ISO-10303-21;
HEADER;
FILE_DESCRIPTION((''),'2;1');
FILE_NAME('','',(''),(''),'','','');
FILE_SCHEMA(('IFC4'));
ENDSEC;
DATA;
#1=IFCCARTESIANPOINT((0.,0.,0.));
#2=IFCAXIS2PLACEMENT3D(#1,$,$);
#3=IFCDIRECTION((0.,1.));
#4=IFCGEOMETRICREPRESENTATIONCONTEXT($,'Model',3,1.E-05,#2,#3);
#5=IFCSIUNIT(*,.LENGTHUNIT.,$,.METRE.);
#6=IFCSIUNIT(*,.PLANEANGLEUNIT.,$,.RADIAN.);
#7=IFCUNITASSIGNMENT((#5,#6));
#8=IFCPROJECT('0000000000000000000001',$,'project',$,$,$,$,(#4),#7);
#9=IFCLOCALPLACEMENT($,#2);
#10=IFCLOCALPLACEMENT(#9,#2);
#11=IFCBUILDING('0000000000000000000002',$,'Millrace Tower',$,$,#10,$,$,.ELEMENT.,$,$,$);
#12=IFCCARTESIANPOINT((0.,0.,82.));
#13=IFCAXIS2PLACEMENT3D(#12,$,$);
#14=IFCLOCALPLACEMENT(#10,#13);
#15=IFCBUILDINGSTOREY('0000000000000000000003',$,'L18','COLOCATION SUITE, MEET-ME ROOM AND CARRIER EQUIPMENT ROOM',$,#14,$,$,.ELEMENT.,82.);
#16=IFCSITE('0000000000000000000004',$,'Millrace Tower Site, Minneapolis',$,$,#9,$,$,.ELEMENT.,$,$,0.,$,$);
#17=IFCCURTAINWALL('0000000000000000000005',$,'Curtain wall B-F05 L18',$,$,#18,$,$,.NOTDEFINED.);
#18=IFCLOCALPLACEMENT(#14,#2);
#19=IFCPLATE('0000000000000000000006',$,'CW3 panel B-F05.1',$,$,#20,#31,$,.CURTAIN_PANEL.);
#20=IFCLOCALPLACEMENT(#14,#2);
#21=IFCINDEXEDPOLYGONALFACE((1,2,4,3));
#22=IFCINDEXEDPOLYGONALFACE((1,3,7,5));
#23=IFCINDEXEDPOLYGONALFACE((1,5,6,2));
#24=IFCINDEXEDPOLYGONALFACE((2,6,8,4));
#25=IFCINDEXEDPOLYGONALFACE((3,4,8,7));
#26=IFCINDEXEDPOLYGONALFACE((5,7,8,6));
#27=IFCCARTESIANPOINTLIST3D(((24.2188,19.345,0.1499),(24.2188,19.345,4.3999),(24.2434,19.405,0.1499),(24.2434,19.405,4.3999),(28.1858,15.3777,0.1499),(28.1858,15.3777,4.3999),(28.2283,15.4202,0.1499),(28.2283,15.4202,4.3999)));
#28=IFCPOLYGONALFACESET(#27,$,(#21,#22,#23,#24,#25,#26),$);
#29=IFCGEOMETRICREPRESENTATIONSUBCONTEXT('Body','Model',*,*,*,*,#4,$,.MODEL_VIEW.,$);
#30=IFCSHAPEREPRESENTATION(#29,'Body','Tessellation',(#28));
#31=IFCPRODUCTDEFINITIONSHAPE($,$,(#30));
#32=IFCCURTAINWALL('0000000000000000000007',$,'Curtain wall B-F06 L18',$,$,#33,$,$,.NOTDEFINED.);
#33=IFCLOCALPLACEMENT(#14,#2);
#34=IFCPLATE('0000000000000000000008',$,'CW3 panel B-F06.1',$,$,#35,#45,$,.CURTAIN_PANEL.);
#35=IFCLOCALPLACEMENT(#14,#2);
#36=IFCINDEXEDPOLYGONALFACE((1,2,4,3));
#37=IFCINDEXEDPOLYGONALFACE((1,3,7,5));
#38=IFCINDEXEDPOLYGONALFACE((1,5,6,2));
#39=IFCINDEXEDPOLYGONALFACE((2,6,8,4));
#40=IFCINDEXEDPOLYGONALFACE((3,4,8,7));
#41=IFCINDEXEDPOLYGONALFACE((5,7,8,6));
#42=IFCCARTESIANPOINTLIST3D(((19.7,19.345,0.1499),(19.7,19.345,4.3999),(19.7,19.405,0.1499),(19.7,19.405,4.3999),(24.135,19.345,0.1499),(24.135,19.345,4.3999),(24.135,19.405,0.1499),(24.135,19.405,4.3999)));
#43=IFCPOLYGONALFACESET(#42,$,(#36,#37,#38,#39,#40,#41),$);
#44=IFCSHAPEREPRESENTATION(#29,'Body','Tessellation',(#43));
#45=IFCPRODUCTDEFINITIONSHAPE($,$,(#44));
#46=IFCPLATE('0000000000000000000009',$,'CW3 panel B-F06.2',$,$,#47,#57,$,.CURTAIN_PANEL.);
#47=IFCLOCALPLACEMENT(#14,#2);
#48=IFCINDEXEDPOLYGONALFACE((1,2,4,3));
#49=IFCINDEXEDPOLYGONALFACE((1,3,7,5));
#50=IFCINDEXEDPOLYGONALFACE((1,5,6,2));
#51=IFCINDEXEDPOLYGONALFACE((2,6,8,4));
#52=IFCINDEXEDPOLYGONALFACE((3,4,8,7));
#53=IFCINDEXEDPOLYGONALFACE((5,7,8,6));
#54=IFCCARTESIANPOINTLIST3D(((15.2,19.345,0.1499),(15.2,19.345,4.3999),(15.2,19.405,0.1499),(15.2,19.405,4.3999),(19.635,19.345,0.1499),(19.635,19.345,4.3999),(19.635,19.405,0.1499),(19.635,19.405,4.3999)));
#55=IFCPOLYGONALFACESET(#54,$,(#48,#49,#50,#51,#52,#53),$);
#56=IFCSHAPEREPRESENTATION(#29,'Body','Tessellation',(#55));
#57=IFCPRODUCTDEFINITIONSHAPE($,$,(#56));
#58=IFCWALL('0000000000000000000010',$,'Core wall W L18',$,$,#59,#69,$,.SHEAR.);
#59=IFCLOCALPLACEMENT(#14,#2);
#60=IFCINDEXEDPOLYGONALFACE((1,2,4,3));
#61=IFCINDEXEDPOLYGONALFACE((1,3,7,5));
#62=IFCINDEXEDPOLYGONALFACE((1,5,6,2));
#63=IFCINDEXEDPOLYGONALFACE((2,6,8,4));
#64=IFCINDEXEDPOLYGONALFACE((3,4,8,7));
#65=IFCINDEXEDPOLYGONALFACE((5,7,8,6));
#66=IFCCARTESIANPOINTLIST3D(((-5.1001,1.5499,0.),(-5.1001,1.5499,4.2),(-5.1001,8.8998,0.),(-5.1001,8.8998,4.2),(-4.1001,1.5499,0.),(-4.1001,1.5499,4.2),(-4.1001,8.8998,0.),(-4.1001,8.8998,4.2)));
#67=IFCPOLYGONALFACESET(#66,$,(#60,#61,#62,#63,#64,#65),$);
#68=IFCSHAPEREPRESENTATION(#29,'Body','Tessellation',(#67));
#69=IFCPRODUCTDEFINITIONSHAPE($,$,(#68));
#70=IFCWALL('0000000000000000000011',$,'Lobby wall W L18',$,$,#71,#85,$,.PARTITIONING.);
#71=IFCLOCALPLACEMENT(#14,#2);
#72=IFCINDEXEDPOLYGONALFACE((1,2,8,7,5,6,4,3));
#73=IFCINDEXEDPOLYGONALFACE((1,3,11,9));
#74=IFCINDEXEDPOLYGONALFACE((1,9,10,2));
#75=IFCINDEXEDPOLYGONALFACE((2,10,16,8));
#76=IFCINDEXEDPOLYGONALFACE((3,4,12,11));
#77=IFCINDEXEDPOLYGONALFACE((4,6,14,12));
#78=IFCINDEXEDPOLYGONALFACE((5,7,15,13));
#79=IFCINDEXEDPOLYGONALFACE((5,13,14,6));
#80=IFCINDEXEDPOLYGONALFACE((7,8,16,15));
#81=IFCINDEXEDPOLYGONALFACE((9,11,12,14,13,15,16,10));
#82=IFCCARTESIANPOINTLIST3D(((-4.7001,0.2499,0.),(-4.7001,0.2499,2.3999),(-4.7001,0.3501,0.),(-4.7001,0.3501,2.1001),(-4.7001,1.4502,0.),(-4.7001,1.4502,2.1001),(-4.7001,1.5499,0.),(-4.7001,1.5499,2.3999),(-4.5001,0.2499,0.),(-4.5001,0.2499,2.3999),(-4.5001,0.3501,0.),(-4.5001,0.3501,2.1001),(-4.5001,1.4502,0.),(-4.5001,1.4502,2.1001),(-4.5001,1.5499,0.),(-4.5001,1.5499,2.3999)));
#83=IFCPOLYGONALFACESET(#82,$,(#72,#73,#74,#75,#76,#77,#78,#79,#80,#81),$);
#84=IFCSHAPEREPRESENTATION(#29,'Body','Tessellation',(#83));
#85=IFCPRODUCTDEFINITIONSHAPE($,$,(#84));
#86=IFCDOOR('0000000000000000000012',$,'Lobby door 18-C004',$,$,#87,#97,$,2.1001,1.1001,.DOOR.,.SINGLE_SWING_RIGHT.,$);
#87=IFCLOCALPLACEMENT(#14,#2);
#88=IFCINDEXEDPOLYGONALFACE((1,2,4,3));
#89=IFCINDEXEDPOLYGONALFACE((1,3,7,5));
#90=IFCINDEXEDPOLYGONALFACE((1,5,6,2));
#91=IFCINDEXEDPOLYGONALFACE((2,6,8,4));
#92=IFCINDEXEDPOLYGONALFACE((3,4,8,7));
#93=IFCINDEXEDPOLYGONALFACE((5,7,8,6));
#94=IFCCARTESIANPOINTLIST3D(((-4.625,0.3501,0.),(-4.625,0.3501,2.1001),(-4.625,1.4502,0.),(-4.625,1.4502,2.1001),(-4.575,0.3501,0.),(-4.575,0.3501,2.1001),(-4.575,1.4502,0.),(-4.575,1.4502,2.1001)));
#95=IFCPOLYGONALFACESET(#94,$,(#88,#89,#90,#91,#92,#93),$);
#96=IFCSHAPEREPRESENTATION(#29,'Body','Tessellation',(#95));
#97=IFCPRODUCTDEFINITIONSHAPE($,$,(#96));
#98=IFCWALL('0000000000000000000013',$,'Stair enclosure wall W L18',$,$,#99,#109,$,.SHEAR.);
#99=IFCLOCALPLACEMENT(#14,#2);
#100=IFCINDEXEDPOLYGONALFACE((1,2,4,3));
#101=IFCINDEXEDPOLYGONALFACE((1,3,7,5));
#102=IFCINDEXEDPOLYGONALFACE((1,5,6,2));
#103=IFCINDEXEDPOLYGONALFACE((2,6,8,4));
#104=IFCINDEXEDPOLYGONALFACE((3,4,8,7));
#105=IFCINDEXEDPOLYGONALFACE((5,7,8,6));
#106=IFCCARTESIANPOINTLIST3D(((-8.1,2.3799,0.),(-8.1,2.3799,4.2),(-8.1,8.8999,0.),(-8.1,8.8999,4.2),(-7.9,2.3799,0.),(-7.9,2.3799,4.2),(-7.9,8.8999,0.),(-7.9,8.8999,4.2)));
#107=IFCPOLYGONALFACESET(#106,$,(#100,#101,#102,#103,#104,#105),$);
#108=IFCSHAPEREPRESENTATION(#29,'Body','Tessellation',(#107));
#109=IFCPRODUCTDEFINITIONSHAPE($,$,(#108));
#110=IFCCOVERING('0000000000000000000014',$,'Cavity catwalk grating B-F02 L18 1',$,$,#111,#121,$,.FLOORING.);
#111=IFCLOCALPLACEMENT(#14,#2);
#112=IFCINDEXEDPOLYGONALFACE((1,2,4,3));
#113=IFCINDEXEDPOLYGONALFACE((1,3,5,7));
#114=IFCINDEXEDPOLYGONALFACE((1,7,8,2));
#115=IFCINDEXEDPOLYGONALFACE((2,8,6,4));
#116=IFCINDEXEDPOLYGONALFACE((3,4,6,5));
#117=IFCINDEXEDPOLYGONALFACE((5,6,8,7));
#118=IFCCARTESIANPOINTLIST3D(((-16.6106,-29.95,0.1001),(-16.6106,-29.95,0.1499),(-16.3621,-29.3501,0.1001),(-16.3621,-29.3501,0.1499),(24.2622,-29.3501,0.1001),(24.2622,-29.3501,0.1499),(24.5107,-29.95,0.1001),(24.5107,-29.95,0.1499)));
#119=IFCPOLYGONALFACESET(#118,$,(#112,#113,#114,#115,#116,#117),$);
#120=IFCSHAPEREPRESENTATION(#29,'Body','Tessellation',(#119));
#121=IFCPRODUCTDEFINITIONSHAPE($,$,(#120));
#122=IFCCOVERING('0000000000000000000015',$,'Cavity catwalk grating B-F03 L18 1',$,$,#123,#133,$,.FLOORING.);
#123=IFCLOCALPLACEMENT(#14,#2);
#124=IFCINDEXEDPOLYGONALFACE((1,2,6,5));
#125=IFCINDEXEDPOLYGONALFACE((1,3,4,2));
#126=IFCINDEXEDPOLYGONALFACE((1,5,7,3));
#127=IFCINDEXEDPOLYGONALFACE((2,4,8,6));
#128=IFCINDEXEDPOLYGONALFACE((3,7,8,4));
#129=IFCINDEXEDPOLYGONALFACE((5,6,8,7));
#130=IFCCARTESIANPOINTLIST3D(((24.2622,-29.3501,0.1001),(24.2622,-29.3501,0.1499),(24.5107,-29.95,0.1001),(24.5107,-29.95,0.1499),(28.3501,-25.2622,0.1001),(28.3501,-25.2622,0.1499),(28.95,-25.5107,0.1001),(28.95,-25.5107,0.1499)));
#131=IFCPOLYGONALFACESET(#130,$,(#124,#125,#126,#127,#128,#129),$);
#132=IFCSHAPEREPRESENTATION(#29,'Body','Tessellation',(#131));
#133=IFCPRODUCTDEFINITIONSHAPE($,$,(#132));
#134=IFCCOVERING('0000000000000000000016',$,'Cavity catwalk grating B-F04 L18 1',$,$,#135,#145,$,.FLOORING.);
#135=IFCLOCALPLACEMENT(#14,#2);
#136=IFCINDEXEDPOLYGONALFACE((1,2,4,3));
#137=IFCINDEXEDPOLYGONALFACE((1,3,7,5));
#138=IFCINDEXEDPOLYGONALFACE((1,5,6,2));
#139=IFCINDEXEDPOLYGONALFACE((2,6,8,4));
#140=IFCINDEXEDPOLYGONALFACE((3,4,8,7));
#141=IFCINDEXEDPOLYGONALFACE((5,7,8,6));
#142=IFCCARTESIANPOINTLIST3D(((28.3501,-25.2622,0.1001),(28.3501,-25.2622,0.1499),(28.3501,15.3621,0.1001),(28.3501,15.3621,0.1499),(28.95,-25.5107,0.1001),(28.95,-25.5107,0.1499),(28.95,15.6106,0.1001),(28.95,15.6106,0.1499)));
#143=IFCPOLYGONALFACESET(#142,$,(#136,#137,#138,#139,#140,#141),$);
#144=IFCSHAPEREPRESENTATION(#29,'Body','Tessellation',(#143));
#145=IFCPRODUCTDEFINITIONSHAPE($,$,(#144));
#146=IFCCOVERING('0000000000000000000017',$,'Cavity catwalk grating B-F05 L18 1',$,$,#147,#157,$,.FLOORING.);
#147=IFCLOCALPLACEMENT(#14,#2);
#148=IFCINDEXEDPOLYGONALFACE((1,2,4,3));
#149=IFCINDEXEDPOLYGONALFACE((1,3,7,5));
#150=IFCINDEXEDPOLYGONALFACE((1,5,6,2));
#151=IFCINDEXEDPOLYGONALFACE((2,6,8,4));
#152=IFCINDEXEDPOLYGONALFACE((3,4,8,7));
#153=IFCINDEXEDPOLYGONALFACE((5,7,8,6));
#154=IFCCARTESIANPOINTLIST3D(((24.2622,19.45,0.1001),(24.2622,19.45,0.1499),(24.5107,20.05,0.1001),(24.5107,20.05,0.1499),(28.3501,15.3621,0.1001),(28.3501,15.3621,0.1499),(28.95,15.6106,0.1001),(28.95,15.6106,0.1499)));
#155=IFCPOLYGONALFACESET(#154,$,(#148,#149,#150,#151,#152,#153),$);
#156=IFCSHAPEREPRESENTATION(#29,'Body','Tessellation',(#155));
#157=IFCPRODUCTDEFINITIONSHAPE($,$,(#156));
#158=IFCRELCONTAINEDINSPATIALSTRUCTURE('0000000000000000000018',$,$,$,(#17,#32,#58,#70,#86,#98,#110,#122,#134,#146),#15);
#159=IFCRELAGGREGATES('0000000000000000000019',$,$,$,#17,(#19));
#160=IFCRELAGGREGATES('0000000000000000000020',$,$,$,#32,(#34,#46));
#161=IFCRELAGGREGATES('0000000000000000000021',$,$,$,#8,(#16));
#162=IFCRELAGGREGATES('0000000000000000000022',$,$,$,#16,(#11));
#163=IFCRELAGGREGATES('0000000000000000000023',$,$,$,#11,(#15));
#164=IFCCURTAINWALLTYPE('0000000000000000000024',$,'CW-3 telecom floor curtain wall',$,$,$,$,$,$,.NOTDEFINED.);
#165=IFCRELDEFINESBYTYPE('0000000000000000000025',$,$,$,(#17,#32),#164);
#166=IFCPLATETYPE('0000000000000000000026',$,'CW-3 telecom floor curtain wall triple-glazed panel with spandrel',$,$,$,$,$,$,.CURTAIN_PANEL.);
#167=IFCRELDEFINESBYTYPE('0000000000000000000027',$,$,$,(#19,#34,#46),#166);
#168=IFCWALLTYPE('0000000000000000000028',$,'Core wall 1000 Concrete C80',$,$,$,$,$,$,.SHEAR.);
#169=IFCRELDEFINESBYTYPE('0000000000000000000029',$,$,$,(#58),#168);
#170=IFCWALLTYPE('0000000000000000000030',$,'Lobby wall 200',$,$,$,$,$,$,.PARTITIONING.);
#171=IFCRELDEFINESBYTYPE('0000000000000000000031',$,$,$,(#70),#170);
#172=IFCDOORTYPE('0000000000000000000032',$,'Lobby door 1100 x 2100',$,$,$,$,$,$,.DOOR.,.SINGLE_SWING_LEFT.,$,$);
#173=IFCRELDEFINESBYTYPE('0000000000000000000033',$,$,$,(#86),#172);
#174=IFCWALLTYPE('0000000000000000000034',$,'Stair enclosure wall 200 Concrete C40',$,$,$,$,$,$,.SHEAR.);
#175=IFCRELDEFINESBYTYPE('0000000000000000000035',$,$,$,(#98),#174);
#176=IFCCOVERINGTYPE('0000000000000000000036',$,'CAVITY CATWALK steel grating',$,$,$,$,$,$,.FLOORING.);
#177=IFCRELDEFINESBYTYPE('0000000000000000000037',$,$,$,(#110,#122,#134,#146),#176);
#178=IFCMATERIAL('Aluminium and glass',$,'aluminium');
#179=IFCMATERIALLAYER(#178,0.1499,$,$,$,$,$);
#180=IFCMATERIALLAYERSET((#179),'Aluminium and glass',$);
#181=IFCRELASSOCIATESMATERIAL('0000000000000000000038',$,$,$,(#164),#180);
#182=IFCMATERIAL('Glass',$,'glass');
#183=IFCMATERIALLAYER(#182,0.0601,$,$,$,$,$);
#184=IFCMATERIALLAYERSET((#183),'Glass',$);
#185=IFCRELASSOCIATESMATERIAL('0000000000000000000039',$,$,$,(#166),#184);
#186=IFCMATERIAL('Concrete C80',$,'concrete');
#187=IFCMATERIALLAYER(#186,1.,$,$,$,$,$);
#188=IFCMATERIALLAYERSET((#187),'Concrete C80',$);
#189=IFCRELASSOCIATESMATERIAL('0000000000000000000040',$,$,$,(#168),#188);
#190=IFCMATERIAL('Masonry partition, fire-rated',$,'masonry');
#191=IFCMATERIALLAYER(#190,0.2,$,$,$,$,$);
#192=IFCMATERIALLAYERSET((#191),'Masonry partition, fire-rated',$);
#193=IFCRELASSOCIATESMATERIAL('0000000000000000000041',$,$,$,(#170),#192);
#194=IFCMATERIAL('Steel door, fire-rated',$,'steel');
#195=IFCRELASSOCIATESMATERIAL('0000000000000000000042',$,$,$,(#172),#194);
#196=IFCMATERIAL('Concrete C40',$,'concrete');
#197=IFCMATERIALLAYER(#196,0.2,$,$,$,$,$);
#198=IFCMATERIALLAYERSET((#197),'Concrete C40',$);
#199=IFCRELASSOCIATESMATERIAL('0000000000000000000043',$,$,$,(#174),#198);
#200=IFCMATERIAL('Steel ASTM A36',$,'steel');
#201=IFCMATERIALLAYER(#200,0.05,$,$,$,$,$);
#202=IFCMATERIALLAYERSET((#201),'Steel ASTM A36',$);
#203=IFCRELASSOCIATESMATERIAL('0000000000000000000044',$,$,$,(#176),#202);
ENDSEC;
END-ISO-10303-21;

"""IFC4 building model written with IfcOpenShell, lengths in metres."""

from ifc_helpers import new_model, si_unit, direction, frame, frame_2d, origin, place, context, subcontext, project, spatial, polyline, rectangle, outline, extrude, material, layer, layer_set, type_object, element, fill, aggregate, save


model = new_model("IFC4")

# Units and contexts
model_context = context("Model", 3, precision=1e-05, world=origin(), true_north=direction((0.0, 1.0)))
body_context = subcontext(model_context, "Body", "Model", "MODEL_VIEW")
ifc_project = project(units=[si_unit("LENGTHUNIT", "METRE"), si_unit("PLANEANGLEUNIT", "RADIAN")], contexts=[model_context])

# Site, building, storey
site_placement = place(None, origin())
site = spatial("IfcSite", under=ifc_project, at=site_placement, Name="Millrace Tower Site, Minneapolis", CompositionType="ELEMENT", RefElevation=0.0)
building_placement = place(site_placement, origin())
building = spatial("IfcBuilding", under=site, at=building_placement, Name="Millrace Tower", CompositionType="ELEMENT")
storey_placement = place(building_placement, frame((0.0, 0.0, 82.0)))
storey = spatial("IfcBuildingStorey", under=building, at=storey_placement, Name="L18", Description="COLOCATION SUITE, MEET-ME ROOM AND CARRIER EQUIPMENT ROOM", CompositionType="ELEMENT", Elevation=82.0)

# Shared definitions
ifc_material_1 = material(Name="Aluminium and glass", Category="aluminium")
ifc_layer_1 = layer(ifc_material_1, 0.1499)
ifc_layer_set_1 = layer_set([ifc_layer_1], Name="Aluminium and glass")
curtain_wall_type = type_object("IfcCurtainWallType", Name="CW-3 telecom floor curtain wall", PredefinedType="NOTDEFINED", material=ifc_layer_set_1)
placement_1 = place(storey_placement, origin())
ifc_material_2 = material(Name="Glass", Category="glass")
ifc_layer_2 = layer(ifc_material_2, 0.0601)
ifc_layer_set_2 = layer_set([ifc_layer_2], Name="Glass")
plate_type = type_object("IfcPlateType", Name="CW-3 telecom floor curtain wall triple-glazed panel with spandrel", PredefinedType="CURTAIN_PANEL", material=ifc_layer_set_2)
placement_2 = place(storey_placement, frame((0.0, 0.0, 0.1499)))

# Curtain wall, plate
curtain_wall_1 = element("IfcCurtainWall", 1, at=placement_1, inside=storey, type_object=curtain_wall_type, Name="Curtain wall B-F05 L18", PredefinedType="NOTDEFINED")
plate_1 = element("IfcPlate", 2, at=placement_2, type_object=plate_type, Name="CW3 panel B-F05.1", PredefinedType="CURTAIN_PANEL", context=body_context, shape_type="SweptSolid", body=[
    extrude(outline(polyline([(28.2283, 15.4202), (24.2434, 19.405), (24.2188, 19.345), (28.1858, 15.3777), (28.2283, 15.4202)])), origin(), (0.0, 0.0, 1.0), 4.25),
])
aggregate(curtain_wall_1, [plate_1])

# Curtain wall, plates
curtain_wall_2 = element("IfcCurtainWall", 3, at=placement_1, inside=storey, type_object=curtain_wall_type, Name="Curtain wall B-F06 L18", PredefinedType="NOTDEFINED")
plate_2 = element("IfcPlate", 4, at=placement_2, type_object=plate_type, Name="CW3 panel B-F06.1", PredefinedType="CURTAIN_PANEL", context=body_context, shape_type="SweptSolid", body=[
    extrude(outline(polyline([(24.135, 19.405), (19.7, 19.405), (19.7, 19.345), (24.135, 19.345), (24.135, 19.405)])), origin(), (0.0, 0.0, 1.0), 4.25),
])
plate_3 = element("IfcPlate", 5, at=placement_2, type_object=plate_type, Name="CW3 panel B-F06.2", PredefinedType="CURTAIN_PANEL", context=body_context, shape_type="SweptSolid", body=[
    extrude(outline(polyline([(19.635, 19.405), (15.2, 19.405), (15.2, 19.345), (19.635, 19.345), (19.635, 19.405)])), origin(), (0.0, 0.0, 1.0), 4.25),
])
aggregate(curtain_wall_2, [plate_2, plate_3])

# Wall
ifc_material_3 = material(Name="Concrete C80", Category="concrete")
ifc_layer_3 = layer(ifc_material_3, 1.0)
ifc_layer_set_3 = layer_set([ifc_layer_3], Name="Concrete C80")
wall_type_1 = type_object("IfcWallType", Name="Core wall 1000 Concrete C80", PredefinedType="SHEAR", material=ifc_layer_set_3)
wall_1_placement = place(storey_placement, frame((-4.6001, 1.55, 0.0), z_axis=(0.0, 0.0, 1.0), x_axis=(0.0, 1.0, 0.0)))
element("IfcWall", 6, at=wall_1_placement, inside=storey, type_object=wall_type_1, Name="Core wall W L18", PredefinedType="SHEAR", context=body_context, shape_type="SweptSolid", body=[
    extrude(rectangle(XDim=7.3499, YDim=1.0, at=frame_2d((3.6748, 0.0))), origin(), (0.0, 0.0, 1.0), 4.2),
])

# Wall, opening, door
ifc_material_4 = material(Name="Masonry partition, fire-rated", Category="masonry")
ifc_layer_4 = layer(ifc_material_4, 0.2)
ifc_layer_set_4 = layer_set([ifc_layer_4], Name="Masonry partition, fire-rated")
wall_type_2 = type_object("IfcWallType", Name="Lobby wall 200", PredefinedType="PARTITIONING", material=ifc_layer_set_4)
wall_2_placement = place(storey_placement, frame((-4.6001, 0.25, 0.0), z_axis=(0.0, 0.0, 1.0), x_axis=(0.0, 1.0, 0.0)))
wall_2 = element("IfcWall", 7, at=wall_2_placement, inside=storey, type_object=wall_type_2, Name="Lobby wall W L18", PredefinedType="PARTITIONING", context=body_context, shape_type="SweptSolid", body=[
    extrude(rectangle(XDim=1.3, YDim=0.2, at=frame_2d((0.6499, 0.0))), origin(), (0.0, 0.0, 1.0), 2.3999),
])
opening_placement = place(wall_2_placement, frame((0.1001, 0.0, 0.0)))
opening = element("IfcOpeningElement", 8, at=opening_placement, cuts=wall_2, PredefinedType="OPENING", context=body_context, shape_type="SweptSolid", body=[
    extrude(rectangle(XDim=1.1001, YDim=2.1001, at=frame_2d((0.55, 1.05))), frame((0.0, 0.1099, 0.0), z_axis=(0.0, -1.0, 0.0), x_axis=(1.0, 0.0, 0.0)), (0.0, 0.0, 1.0), 0.22),
])
ifc_material_5 = material(Name="Steel door, fire-rated", Category="steel")
door_type = type_object("IfcDoorType", Name="Lobby door 1100 x 2100", OperationType="SINGLE_SWING_LEFT", PredefinedType="DOOR", material=ifc_material_5)
door_placement = place(opening_placement, origin())
door = element("IfcDoor", 9, at=door_placement, inside=storey, type_object=door_type, Name="Lobby door 18-C004", OperationType="SINGLE_SWING_RIGHT", OverallHeight=2.1001, OverallWidth=1.1001, PredefinedType="DOOR", context=body_context, shape_type="SweptSolid", body=[
    extrude(rectangle(XDim=1.1001, YDim=2.1001, at=frame_2d((0.55, 1.05))), frame((0.0, 0.0249, 0.0), z_axis=(0.0, -1.0, 0.0), x_axis=(1.0, 0.0, 0.0)), (0.0, 0.0, 1.0), 0.05),
])
fill(opening, door)

# Wall
ifc_material_6 = material(Name="Concrete C40", Category="concrete")
ifc_layer_5 = layer(ifc_material_6, 0.2)
ifc_layer_set_5 = layer_set([ifc_layer_5], Name="Concrete C40")
wall_type_3 = type_object("IfcWallType", Name="Stair enclosure wall 200 Concrete C40", PredefinedType="SHEAR", material=ifc_layer_set_5)
wall_3_placement = place(storey_placement, frame((-8.0, 2.3799, 0.0), z_axis=(0.0, 0.0, 1.0), x_axis=(0.0, 1.0, 0.0)))
element("IfcWall", 10, at=wall_3_placement, inside=storey, type_object=wall_type_3, Name="Stair enclosure wall W L18", PredefinedType="SHEAR", context=body_context, shape_type="SweptSolid", body=[
    extrude(rectangle(XDim=6.52, YDim=0.2, at=frame_2d((3.26, 0.0))), origin(), (0.0, 0.0, 1.0), 4.2),
])

# Coverings
ifc_material_7 = material(Name="Steel ASTM A36", Category="steel")
ifc_layer_6 = layer(ifc_material_7, 0.05)
ifc_layer_set_6 = layer_set([ifc_layer_6], Name="Steel ASTM A36")
covering_type = type_object("IfcCoveringType", Name="CAVITY CATWALK steel grating", PredefinedType="FLOORING", material=ifc_layer_set_6)
placement_3 = place(storey_placement, frame((0.0, 0.0, 0.1001)))
element("IfcCovering", 11, at=placement_3, inside=storey, type_object=covering_type, Name="Cavity catwalk grating B-F02 L18 1", PredefinedType="FLOORING", context=body_context, shape_type="SweptSolid", body=[
    extrude(outline(polyline([(-16.6106, -29.95), (24.5107, -29.95), (24.2622, -29.3501), (-16.3621, -29.3501), (-16.6106, -29.95)])), origin(), (0.0, 0.0, 1.0), 0.0498),
])
element("IfcCovering", 12, at=placement_3, inside=storey, type_object=covering_type, Name="Cavity catwalk grating B-F03 L18 1", PredefinedType="FLOORING", context=body_context, shape_type="SweptSolid", body=[
    extrude(outline(polyline([(24.5107, -29.95), (28.95, -25.5107), (28.3501, -25.2622), (24.2622, -29.3501), (24.5107, -29.95)])), origin(), (0.0, 0.0, 1.0), 0.0498),
])
element("IfcCovering", 13, at=placement_3, inside=storey, type_object=covering_type, Name="Cavity catwalk grating B-F04 L18 1", PredefinedType="FLOORING", context=body_context, shape_type="SweptSolid", body=[
    extrude(outline(polyline([(28.95, -25.5107), (28.95, 15.6106), (28.3501, 15.3621), (28.3501, -25.2622), (28.95, -25.5107)])), origin(), (0.0, 0.0, 1.0), 0.0498),
])
element("IfcCovering", 14, at=placement_3, inside=storey, type_object=covering_type, Name="Cavity catwalk grating B-F05 L18 1", PredefinedType="FLOORING", context=body_context, shape_type="SweptSolid", body=[
    extrude(outline(polyline([(28.95, 15.6106), (24.5107, 20.05), (24.2622, 19.45), (28.3501, 15.3621), (28.95, 15.6106)])), origin(), (0.0, 0.0, 1.0), 0.0498),
])

save(model, "model.ifc")
